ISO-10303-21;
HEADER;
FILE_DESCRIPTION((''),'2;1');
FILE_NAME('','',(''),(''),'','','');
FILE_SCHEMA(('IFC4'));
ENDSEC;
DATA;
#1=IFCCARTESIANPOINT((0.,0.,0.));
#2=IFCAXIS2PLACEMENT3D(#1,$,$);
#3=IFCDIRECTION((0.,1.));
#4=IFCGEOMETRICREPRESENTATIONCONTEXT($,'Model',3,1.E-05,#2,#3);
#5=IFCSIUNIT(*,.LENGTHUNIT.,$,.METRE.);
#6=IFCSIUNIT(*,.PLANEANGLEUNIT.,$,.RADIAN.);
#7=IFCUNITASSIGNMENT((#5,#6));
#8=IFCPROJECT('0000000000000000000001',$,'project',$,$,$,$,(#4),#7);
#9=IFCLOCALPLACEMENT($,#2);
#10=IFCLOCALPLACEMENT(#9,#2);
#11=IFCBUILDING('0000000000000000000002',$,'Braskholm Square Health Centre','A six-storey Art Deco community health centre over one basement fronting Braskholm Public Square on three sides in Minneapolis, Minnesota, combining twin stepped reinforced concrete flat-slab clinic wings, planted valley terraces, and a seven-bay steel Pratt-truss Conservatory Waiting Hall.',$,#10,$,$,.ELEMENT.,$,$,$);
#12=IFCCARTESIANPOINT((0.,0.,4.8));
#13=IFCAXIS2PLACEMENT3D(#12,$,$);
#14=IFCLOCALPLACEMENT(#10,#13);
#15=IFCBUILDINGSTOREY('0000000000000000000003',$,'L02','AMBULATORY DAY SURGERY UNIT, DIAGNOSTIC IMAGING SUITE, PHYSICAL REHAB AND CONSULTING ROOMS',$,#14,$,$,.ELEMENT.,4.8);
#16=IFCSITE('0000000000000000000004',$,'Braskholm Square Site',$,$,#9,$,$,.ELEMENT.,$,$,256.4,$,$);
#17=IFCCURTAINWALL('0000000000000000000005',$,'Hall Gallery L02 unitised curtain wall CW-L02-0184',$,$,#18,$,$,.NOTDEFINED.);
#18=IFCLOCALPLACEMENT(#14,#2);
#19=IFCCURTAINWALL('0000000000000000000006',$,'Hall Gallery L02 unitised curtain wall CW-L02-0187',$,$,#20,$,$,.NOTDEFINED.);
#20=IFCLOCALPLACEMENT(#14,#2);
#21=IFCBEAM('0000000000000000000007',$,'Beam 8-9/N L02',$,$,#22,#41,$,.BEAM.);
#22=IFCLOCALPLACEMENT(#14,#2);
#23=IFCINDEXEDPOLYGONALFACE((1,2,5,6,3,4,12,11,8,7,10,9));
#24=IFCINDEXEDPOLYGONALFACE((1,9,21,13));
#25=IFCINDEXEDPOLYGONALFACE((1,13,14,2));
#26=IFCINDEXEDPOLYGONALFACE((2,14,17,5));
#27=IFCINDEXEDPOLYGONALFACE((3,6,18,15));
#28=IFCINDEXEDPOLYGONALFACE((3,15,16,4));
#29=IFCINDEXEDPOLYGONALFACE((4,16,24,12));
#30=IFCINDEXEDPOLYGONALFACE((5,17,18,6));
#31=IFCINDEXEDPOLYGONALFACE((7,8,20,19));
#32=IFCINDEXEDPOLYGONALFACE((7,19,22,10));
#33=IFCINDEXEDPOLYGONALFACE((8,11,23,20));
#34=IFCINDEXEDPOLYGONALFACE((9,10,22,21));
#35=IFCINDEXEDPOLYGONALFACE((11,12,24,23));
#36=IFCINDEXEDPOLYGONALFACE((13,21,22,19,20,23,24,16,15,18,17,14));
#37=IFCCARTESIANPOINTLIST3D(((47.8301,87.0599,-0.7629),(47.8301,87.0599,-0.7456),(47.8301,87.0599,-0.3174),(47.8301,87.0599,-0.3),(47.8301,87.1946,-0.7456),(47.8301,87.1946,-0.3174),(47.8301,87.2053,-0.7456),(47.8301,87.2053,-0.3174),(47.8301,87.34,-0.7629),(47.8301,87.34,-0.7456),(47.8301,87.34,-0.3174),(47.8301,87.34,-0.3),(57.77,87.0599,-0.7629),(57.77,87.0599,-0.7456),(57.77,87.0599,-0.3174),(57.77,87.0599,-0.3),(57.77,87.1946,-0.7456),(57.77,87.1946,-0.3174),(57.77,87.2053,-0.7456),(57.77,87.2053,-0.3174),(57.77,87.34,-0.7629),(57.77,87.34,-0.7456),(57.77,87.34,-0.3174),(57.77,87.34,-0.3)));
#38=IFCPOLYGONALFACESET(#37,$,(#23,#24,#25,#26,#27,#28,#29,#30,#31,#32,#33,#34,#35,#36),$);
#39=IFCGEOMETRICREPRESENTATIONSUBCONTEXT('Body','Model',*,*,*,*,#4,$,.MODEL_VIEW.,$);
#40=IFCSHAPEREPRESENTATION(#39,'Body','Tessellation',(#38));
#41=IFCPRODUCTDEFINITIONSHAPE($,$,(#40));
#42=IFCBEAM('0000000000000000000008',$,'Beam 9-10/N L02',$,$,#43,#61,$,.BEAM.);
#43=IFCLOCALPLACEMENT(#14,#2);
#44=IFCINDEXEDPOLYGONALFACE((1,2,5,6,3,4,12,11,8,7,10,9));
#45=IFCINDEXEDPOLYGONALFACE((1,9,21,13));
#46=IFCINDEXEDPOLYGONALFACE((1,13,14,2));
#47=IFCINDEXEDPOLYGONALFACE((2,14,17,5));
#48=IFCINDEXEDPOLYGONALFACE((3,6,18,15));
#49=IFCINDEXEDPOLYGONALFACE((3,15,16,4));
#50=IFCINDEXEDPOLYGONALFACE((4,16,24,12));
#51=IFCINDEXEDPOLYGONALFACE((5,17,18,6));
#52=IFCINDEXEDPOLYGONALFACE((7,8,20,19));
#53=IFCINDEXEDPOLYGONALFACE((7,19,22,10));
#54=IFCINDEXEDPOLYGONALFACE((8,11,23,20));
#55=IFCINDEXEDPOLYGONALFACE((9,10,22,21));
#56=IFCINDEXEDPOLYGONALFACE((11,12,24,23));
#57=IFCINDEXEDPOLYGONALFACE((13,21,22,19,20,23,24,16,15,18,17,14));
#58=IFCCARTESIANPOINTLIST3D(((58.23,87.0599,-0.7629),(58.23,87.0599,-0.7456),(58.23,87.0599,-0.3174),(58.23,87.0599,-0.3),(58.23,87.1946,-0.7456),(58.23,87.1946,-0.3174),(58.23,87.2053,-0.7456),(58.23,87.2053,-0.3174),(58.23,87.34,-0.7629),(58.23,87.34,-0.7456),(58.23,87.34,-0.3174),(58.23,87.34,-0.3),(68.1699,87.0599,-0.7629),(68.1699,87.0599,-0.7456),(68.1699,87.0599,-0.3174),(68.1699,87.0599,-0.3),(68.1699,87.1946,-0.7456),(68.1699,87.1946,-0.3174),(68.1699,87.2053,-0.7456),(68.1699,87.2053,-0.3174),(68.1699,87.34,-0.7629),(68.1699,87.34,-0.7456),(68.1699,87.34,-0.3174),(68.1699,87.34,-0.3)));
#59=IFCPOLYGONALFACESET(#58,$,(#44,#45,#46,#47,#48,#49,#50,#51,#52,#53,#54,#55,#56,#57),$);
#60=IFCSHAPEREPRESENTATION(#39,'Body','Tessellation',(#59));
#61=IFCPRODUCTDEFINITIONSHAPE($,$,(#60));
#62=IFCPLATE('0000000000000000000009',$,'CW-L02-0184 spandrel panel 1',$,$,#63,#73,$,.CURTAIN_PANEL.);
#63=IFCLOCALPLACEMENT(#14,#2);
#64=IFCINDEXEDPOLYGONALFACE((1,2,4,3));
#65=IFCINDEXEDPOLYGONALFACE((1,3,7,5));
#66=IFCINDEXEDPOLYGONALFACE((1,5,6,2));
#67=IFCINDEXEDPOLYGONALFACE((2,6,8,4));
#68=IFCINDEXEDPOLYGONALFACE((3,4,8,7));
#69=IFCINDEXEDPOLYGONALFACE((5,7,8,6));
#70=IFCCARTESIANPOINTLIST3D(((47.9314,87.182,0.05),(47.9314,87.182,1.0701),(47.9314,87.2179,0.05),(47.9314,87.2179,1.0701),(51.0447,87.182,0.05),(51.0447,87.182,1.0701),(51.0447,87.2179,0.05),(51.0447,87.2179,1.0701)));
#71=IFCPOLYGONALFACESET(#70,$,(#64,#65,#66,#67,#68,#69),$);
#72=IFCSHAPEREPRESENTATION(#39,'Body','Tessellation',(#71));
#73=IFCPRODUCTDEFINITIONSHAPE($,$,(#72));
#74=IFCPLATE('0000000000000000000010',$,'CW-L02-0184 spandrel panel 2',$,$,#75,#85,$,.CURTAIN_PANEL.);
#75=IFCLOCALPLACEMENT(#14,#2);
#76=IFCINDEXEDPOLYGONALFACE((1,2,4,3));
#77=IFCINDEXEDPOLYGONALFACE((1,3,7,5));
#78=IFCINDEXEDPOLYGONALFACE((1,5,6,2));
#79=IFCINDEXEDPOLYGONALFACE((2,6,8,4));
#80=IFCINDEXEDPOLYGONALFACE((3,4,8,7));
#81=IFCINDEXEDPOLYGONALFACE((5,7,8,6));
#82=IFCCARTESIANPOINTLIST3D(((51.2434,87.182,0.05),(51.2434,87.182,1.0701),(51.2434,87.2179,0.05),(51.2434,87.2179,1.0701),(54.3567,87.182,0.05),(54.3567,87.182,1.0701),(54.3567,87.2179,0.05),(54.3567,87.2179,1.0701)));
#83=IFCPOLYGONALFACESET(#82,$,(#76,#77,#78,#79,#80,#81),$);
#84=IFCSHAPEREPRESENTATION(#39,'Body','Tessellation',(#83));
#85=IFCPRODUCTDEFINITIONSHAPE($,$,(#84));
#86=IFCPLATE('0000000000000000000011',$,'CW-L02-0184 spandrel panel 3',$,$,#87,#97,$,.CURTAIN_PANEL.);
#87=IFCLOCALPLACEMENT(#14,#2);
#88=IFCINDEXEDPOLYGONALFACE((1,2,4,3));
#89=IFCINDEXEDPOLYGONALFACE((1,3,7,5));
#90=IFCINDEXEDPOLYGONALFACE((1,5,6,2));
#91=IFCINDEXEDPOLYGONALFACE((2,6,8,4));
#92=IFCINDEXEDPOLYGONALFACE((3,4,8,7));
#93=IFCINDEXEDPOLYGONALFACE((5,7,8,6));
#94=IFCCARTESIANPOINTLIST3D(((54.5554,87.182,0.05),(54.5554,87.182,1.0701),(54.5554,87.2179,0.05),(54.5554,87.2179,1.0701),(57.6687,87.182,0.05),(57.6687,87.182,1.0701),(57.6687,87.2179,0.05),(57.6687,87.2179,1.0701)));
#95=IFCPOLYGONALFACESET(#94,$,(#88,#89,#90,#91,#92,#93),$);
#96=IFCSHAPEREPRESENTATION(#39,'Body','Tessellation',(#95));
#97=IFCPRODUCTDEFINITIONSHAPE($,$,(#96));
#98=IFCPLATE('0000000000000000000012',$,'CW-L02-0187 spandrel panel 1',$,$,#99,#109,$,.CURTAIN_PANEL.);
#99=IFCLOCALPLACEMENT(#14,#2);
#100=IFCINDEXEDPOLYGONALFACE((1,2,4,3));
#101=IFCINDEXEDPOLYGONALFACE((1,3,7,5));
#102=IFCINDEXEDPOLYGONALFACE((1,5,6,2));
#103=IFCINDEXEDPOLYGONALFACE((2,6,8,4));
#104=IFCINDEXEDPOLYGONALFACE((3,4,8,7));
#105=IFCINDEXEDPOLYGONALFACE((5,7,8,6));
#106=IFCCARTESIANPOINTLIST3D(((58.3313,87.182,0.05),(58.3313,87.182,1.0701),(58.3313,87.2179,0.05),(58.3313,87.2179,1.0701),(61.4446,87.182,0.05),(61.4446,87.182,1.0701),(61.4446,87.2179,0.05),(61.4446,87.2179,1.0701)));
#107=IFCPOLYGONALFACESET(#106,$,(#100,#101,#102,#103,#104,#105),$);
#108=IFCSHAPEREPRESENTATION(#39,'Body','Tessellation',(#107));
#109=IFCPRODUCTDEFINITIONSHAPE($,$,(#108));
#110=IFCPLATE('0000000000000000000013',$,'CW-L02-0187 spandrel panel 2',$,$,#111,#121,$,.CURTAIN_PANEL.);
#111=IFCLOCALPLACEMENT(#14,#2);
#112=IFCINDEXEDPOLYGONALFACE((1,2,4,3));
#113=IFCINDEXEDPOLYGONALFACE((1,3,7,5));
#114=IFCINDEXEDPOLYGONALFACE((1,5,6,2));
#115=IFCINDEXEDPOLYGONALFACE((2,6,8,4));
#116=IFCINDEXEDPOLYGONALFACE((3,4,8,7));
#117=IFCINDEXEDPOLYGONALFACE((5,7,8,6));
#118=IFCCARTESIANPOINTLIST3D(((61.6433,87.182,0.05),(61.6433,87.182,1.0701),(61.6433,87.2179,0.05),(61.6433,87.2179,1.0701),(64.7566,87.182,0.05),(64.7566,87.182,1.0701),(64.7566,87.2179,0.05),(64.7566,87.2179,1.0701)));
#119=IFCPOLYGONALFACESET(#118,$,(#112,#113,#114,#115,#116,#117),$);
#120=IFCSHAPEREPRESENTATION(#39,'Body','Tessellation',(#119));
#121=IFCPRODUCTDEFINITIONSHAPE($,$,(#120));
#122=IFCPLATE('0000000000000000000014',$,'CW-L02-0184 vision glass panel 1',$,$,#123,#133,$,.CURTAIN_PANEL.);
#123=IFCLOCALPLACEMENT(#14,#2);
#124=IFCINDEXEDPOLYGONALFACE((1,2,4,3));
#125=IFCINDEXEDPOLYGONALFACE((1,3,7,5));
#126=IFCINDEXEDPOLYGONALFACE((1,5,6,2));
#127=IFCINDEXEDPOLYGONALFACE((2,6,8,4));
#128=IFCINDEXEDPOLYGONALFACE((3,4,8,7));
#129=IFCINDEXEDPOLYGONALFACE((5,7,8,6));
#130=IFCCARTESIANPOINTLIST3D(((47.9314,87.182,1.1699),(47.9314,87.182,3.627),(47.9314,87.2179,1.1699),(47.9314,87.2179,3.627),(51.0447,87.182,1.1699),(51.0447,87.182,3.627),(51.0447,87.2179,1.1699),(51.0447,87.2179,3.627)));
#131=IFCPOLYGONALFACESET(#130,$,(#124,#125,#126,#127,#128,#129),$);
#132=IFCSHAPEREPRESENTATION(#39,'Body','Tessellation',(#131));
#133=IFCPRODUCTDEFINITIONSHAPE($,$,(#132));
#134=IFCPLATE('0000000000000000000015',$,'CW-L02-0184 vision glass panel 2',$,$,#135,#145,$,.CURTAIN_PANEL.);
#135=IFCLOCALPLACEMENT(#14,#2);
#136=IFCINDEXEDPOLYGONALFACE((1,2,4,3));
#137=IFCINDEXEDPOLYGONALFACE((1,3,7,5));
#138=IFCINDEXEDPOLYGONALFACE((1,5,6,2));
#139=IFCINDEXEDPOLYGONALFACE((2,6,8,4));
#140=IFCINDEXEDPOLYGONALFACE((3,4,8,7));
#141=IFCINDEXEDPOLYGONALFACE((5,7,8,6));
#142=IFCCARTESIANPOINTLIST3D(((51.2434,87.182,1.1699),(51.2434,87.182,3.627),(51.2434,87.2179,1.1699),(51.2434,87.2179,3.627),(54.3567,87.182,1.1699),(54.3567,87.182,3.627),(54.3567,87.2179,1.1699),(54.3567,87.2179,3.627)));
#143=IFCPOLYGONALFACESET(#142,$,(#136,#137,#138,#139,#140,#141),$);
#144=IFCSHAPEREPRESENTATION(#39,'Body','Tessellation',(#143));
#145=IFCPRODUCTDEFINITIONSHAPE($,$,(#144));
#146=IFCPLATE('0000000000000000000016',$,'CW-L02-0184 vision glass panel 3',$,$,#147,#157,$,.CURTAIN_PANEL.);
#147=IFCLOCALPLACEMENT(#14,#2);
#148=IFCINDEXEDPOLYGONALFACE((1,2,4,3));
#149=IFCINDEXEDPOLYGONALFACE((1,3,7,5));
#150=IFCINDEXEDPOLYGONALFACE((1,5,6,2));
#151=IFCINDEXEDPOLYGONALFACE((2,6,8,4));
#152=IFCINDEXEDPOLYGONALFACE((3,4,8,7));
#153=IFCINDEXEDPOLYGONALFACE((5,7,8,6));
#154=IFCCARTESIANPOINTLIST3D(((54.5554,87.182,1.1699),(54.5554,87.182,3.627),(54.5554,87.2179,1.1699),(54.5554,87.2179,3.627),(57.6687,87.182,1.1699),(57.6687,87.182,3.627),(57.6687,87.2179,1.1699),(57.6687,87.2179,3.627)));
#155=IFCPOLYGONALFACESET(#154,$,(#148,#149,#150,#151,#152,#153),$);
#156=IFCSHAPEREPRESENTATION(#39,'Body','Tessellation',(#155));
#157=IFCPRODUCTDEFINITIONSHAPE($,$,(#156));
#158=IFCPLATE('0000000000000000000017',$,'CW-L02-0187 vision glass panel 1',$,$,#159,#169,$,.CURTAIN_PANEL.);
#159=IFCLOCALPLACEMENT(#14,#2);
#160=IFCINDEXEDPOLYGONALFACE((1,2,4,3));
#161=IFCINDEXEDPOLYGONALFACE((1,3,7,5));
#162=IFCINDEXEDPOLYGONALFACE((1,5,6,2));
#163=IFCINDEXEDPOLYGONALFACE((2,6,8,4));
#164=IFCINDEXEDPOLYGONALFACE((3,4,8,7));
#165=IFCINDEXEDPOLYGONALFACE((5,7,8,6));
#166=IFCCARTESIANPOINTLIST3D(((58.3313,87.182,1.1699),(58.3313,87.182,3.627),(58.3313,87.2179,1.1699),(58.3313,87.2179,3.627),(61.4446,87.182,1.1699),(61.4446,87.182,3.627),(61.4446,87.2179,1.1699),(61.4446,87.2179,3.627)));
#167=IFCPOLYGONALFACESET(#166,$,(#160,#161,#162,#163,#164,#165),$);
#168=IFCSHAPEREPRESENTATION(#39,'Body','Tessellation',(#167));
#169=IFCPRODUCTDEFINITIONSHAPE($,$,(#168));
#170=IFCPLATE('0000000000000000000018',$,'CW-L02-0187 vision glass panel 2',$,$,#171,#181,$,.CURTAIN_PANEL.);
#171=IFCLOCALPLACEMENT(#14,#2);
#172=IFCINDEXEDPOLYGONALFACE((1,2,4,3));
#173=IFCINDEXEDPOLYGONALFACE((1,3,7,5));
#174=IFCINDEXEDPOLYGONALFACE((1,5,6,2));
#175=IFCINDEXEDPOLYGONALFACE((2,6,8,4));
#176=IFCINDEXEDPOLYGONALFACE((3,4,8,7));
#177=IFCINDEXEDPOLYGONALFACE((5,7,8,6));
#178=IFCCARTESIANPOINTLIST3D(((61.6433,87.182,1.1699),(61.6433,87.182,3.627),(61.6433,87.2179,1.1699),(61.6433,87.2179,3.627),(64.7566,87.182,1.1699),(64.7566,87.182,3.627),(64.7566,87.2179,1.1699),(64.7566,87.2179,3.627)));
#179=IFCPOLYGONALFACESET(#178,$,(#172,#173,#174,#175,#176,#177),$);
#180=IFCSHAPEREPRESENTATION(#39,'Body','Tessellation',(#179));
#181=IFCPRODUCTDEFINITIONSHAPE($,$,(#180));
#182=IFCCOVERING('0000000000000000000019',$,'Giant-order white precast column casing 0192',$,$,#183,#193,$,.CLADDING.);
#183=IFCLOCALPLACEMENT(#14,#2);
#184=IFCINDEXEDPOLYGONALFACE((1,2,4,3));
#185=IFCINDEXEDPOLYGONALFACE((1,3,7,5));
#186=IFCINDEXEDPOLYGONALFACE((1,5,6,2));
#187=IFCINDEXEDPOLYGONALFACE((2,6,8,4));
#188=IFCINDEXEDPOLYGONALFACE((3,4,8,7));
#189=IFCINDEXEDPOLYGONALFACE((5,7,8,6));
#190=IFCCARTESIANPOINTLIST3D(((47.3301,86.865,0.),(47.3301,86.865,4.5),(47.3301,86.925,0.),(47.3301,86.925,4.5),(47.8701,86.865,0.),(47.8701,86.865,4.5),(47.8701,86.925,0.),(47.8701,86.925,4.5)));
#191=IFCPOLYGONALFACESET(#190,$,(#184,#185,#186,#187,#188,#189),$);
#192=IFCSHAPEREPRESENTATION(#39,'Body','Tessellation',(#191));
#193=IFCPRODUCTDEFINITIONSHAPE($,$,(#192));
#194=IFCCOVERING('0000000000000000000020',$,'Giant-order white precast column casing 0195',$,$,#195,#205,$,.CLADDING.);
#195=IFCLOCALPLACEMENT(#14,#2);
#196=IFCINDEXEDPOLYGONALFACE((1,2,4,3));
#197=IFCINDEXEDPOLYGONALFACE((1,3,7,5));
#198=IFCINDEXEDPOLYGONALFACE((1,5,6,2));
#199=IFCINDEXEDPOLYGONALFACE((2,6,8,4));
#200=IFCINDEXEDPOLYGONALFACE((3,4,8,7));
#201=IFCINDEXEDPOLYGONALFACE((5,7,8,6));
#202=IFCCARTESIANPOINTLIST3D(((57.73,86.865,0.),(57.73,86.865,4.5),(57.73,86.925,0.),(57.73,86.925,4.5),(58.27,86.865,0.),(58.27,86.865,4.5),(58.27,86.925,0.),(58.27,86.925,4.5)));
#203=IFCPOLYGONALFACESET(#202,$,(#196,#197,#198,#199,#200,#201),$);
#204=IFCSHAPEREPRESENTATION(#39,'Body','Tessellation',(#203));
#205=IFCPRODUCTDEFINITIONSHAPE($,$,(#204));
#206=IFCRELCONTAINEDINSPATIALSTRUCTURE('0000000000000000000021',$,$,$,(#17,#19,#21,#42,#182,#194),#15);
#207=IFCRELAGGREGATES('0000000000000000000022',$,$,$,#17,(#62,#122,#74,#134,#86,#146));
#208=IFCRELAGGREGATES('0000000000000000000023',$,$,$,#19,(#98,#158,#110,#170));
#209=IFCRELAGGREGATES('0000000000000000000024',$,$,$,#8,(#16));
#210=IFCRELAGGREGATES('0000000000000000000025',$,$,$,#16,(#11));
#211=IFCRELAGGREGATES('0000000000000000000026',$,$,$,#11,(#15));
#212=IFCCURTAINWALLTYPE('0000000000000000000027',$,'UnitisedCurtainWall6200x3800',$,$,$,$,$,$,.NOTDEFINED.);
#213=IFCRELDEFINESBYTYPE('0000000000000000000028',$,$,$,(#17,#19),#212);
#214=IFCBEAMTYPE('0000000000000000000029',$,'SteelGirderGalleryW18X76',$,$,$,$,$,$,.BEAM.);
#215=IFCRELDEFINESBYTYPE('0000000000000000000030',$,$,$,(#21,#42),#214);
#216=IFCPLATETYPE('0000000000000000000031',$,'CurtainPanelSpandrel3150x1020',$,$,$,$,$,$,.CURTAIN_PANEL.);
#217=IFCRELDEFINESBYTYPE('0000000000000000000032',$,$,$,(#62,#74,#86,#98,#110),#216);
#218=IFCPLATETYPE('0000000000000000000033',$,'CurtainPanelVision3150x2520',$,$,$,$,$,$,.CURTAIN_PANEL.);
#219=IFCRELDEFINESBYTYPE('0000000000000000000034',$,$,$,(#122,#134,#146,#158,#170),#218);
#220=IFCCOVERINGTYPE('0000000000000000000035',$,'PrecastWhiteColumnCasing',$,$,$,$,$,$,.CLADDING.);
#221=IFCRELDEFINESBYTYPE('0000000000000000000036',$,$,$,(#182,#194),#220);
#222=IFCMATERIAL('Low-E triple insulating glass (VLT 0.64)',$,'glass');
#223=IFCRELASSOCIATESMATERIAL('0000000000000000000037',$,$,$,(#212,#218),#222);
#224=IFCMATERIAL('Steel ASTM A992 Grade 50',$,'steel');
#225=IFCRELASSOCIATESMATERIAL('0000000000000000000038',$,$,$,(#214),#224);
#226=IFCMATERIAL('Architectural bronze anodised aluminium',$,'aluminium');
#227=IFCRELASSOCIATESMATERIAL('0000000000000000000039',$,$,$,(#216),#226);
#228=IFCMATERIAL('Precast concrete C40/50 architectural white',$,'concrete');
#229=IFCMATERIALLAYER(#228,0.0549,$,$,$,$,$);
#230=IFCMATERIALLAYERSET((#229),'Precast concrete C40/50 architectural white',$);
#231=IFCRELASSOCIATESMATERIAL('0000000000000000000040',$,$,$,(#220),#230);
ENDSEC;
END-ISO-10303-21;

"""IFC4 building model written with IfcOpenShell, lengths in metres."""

from ifc_helpers import new_model, si_unit, direction, frame, origin, origin_2d, place, context, subcontext, project, spatial, rectangle, i_section, extrude, material, layer, layer_set, material_profile, profile_set, type_object, element, aggregate, save


model = new_model("IFC4")

# Units and contexts
model_context = context("Model", 3, precision=1e-05, world=origin(), true_north=direction((0.0, 1.0)))
body_context = subcontext(model_context, "Body", "Model", "MODEL_VIEW")
ifc_project = project(units=[si_unit("LENGTHUNIT", "METRE"), si_unit("PLANEANGLEUNIT", "RADIAN")], contexts=[model_context])

# Site, building, storey
site_placement = place(None, origin())
site = spatial("IfcSite", under=ifc_project, at=site_placement, Name="Braskholm Square Site", CompositionType="ELEMENT", RefElevation=256.4)
building_placement = place(site_placement, origin())
building = spatial("IfcBuilding", under=site, at=building_placement, Name="Braskholm Square Health Centre", Description="A six-storey Art Deco community health centre over one basement fronting Braskholm Public Square on three sides in Minneapolis, Minnesota, combining twin stepped reinforced concrete flat-slab clinic wings, planted valley terraces, and a seven-bay steel Pratt-truss Conservatory Waiting Hall.", CompositionType="ELEMENT")
storey_placement = place(building_placement, frame((0.0, 0.0, 4.8)))
storey = spatial("IfcBuildingStorey", under=building, at=storey_placement, Name="L02", Description="AMBULATORY DAY SURGERY UNIT, DIAGNOSTIC IMAGING SUITE, PHYSICAL REHAB AND CONSULTING ROOMS", CompositionType="ELEMENT", Elevation=4.8)

# Shared definitions
ifc_material_1 = material(Name="Precast concrete C40/50 architectural white", Category="concrete")
ifc_material_2 = material(Name="Steel ASTM A992 Grade 50", Category="steel")

# Curtain walls
ifc_material_3 = material(Name="Low-E triple insulating glass (VLT 0.64)", Category="glass")
curtain_wall_type = type_object("IfcCurtainWallType", Name="UnitisedCurtainWall6200x3800", PredefinedType="NOTDEFINED", material=ifc_material_3)
curtain_wall_1_placement = place(storey_placement, origin())
curtain_wall_1 = element("IfcCurtainWall", 1, at=curtain_wall_1_placement, inside=storey, type_object=curtain_wall_type, Name="Hall Gallery L02 unitised curtain wall CW-L02-0184", PredefinedType="NOTDEFINED")
ifc_material_4 = material(Name="Architectural bronze anodised aluminium", Category="aluminium")
curtain_wall_2_placement = place(storey_placement, origin())
curtain_wall_2 = element("IfcCurtainWall", 2, at=curtain_wall_2_placement, inside=storey, type_object=curtain_wall_type, Name="Hall Gallery L02 unitised curtain wall CW-L02-0187", PredefinedType="NOTDEFINED")

# Beams
ifc_material_profile_1 = material_profile(ifc_material_2, i_section(OverallWidth=0.28, OverallDepth=0.4629, WebThickness=0.0107, FlangeThickness=0.0173, at=origin_2d()), Name="W18X76")
ifc_profile_set_1 = profile_set([ifc_material_profile_1], Name="Steel ASTM A992 Grade 50")
beam_type_1 = type_object("IfcBeamType", Name="SteelGirderGalleryW18X76", PredefinedType="BEAM", material=ifc_profile_set_1)
for number, where, z_axis, x_axis, name in (
    (3, (47.8301, 87.2, -0.5315), (1.0, 0.0, 0.0), (0.0, 1.0, 0.0), "Beam 8-9/N L02"),
    (4, (58.23, 87.2, -0.5315), (1.0, 0.0, 0.0), (0.0, 1.0, 0.0), "Beam 9-10/N L02"),
):
    element("IfcBeam", number, at=place(storey_placement, frame(where, z_axis=z_axis, x_axis=x_axis)), inside=storey, type_object=beam_type_1, Name=name, PredefinedType="BEAM", context=body_context, shape_type="SweptSolid", body=[
        extrude(i_section(OverallWidth=0.28, OverallDepth=0.4629, WebThickness=0.0107, FlangeThickness=0.0173, at=origin_2d()), origin(), (0.0, 0.0, 1.0), 9.9399),
    ])

# Plates
plate_type_1 = type_object("IfcPlateType", Name="CurtainPanelSpandrel3150x1020", PredefinedType="CURTAIN_PANEL", material=ifc_material_4)
plate_1_placement = place(storey_placement, frame((49.488, 87.2, 0.05), z_axis=(0.0, 0.0, 1.0), x_axis=(1.0, 0.0, 0.0)))
plate_1 = element("IfcPlate", 5, at=plate_1_placement, type_object=plate_type_1, Name="CW-L02-0184 spandrel panel 1", PredefinedType="CURTAIN_PANEL", context=body_context, shape_type="SweptSolid", body=[
    extrude(rectangle(XDim=3.1133, YDim=0.0359, at=origin_2d()), origin(), (0.0, 0.0, 1.0), 1.02),
])
plate_2_placement = place(storey_placement, frame((52.8, 87.2, 0.05), z_axis=(0.0, 0.0, 1.0), x_axis=(1.0, 0.0, 0.0)))
plate_2 = element("IfcPlate", 6, at=plate_2_placement, type_object=plate_type_1, Name="CW-L02-0184 spandrel panel 2", PredefinedType="CURTAIN_PANEL", context=body_context, shape_type="SweptSolid", body=[
    extrude(rectangle(XDim=3.1133, YDim=0.0359, at=origin_2d()), origin(), (0.0, 0.0, 1.0), 1.02),
])
plate_3_placement = place(storey_placement, frame((56.1121, 87.2, 0.05), z_axis=(0.0, 0.0, 1.0), x_axis=(1.0, 0.0, 0.0)))
plate_3 = element("IfcPlate", 7, at=plate_3_placement, type_object=plate_type_1, Name="CW-L02-0184 spandrel panel 3", PredefinedType="CURTAIN_PANEL", context=body_context, shape_type="SweptSolid", body=[
    extrude(rectangle(XDim=3.1133, YDim=0.0359, at=origin_2d()), origin(), (0.0, 0.0, 1.0), 1.02),
])
plate_4_placement = place(storey_placement, frame((59.8879, 87.2, 0.05), z_axis=(0.0, 0.0, 1.0), x_axis=(1.0, 0.0, 0.0)))
plate_4 = element("IfcPlate", 8, at=plate_4_placement, type_object=plate_type_1, Name="CW-L02-0187 spandrel panel 1", PredefinedType="CURTAIN_PANEL", context=body_context, shape_type="SweptSolid", body=[
    extrude(rectangle(XDim=3.1133, YDim=0.0359, at=origin_2d()), origin(), (0.0, 0.0, 1.0), 1.02),
])
plate_5_placement = place(storey_placement, frame((63.2, 87.2, 0.05), z_axis=(0.0, 0.0, 1.0), x_axis=(1.0, 0.0, 0.0)))
plate_5 = element("IfcPlate", 9, at=plate_5_placement, type_object=plate_type_1, Name="CW-L02-0187 spandrel panel 2", PredefinedType="CURTAIN_PANEL", context=body_context, shape_type="SweptSolid", body=[
    extrude(rectangle(XDim=3.1133, YDim=0.0359, at=origin_2d()), origin(), (0.0, 0.0, 1.0), 1.02),
])
plate_type_2 = type_object("IfcPlateType", Name="CurtainPanelVision3150x2520", PredefinedType="CURTAIN_PANEL", material=ifc_material_3)
plate_6_placement = place(storey_placement, frame((49.488, 87.2, 1.1699), z_axis=(0.0, 0.0, 1.0), x_axis=(1.0, 0.0, 0.0)))
plate_6 = element("IfcPlate", 10, at=plate_6_placement, type_object=plate_type_2, Name="CW-L02-0184 vision glass panel 1", PredefinedType="CURTAIN_PANEL", context=body_context, shape_type="SweptSolid", body=[
    extrude(rectangle(XDim=3.1133, YDim=0.0359, at=origin_2d()), origin(), (0.0, 0.0, 1.0), 2.457),
])
plate_7_placement = place(storey_placement, frame((52.8, 87.2, 1.1699), z_axis=(0.0, 0.0, 1.0), x_axis=(1.0, 0.0, 0.0)))
plate_7 = element("IfcPlate", 11, at=plate_7_placement, type_object=plate_type_2, Name="CW-L02-0184 vision glass panel 2", PredefinedType="CURTAIN_PANEL", context=body_context, shape_type="SweptSolid", body=[
    extrude(rectangle(XDim=3.1133, YDim=0.0359, at=origin_2d()), origin(), (0.0, 0.0, 1.0), 2.457),
])
plate_8_placement = place(storey_placement, frame((56.1121, 87.2, 1.1699), z_axis=(0.0, 0.0, 1.0), x_axis=(1.0, 0.0, 0.0)))
plate_8 = element("IfcPlate", 12, at=plate_8_placement, type_object=plate_type_2, Name="CW-L02-0184 vision glass panel 3", PredefinedType="CURTAIN_PANEL", context=body_context, shape_type="SweptSolid", body=[
    extrude(rectangle(XDim=3.1133, YDim=0.0359, at=origin_2d()), origin(), (0.0, 0.0, 1.0), 2.457),
])
aggregate(curtain_wall_1, [plate_1, plate_6, plate_2, plate_7, plate_3, plate_8])
plate_9_placement = place(storey_placement, frame((59.8879, 87.2, 1.1699), z_axis=(0.0, 0.0, 1.0), x_axis=(1.0, 0.0, 0.0)))
plate_9 = element("IfcPlate", 13, at=plate_9_placement, type_object=plate_type_2, Name="CW-L02-0187 vision glass panel 1", PredefinedType="CURTAIN_PANEL", context=body_context, shape_type="SweptSolid", body=[
    extrude(rectangle(XDim=3.1133, YDim=0.0359, at=origin_2d()), origin(), (0.0, 0.0, 1.0), 2.457),
])
plate_10_placement = place(storey_placement, frame((63.2, 87.2, 1.1699), z_axis=(0.0, 0.0, 1.0), x_axis=(1.0, 0.0, 0.0)))
plate_10 = element("IfcPlate", 14, at=plate_10_placement, type_object=plate_type_2, Name="CW-L02-0187 vision glass panel 2", PredefinedType="CURTAIN_PANEL", context=body_context, shape_type="SweptSolid", body=[
    extrude(rectangle(XDim=3.1133, YDim=0.0359, at=origin_2d()), origin(), (0.0, 0.0, 1.0), 2.457),
])
aggregate(curtain_wall_2, [plate_4, plate_9, plate_5, plate_10])

# Coverings
ifc_layer = layer(ifc_material_1, 0.0549)
ifc_layer_set = layer_set([ifc_layer], Name="Precast concrete C40/50 architectural white")
covering_type = type_object("IfcCoveringType", Name="PrecastWhiteColumnCasing", PredefinedType="CLADDING", material=ifc_layer_set)
for number, where, z_axis, x_axis, name in (
    (15, (47.6001, 86.895, 0.0), (0.0, 0.0, 1.0), (1.0, 0.0, 0.0), "Giant-order white precast column casing 0192"),
    (16, (58.0, 86.895, 0.0), (0.0, 0.0, 1.0), (1.0, 0.0, 0.0), "Giant-order white precast column casing 0195"),
):
    element("IfcCovering", number, at=place(storey_placement, frame(where, z_axis=z_axis, x_axis=x_axis)), inside=storey, type_object=covering_type, Name=name, PredefinedType="CLADDING", context=body_context, shape_type="SweptSolid", body=[
        extrude(rectangle(XDim=0.54, YDim=0.0601, at=origin_2d()), origin(), (0.0, 0.0, 1.0), 4.5),
    ])

save(model, "model.ifc")
